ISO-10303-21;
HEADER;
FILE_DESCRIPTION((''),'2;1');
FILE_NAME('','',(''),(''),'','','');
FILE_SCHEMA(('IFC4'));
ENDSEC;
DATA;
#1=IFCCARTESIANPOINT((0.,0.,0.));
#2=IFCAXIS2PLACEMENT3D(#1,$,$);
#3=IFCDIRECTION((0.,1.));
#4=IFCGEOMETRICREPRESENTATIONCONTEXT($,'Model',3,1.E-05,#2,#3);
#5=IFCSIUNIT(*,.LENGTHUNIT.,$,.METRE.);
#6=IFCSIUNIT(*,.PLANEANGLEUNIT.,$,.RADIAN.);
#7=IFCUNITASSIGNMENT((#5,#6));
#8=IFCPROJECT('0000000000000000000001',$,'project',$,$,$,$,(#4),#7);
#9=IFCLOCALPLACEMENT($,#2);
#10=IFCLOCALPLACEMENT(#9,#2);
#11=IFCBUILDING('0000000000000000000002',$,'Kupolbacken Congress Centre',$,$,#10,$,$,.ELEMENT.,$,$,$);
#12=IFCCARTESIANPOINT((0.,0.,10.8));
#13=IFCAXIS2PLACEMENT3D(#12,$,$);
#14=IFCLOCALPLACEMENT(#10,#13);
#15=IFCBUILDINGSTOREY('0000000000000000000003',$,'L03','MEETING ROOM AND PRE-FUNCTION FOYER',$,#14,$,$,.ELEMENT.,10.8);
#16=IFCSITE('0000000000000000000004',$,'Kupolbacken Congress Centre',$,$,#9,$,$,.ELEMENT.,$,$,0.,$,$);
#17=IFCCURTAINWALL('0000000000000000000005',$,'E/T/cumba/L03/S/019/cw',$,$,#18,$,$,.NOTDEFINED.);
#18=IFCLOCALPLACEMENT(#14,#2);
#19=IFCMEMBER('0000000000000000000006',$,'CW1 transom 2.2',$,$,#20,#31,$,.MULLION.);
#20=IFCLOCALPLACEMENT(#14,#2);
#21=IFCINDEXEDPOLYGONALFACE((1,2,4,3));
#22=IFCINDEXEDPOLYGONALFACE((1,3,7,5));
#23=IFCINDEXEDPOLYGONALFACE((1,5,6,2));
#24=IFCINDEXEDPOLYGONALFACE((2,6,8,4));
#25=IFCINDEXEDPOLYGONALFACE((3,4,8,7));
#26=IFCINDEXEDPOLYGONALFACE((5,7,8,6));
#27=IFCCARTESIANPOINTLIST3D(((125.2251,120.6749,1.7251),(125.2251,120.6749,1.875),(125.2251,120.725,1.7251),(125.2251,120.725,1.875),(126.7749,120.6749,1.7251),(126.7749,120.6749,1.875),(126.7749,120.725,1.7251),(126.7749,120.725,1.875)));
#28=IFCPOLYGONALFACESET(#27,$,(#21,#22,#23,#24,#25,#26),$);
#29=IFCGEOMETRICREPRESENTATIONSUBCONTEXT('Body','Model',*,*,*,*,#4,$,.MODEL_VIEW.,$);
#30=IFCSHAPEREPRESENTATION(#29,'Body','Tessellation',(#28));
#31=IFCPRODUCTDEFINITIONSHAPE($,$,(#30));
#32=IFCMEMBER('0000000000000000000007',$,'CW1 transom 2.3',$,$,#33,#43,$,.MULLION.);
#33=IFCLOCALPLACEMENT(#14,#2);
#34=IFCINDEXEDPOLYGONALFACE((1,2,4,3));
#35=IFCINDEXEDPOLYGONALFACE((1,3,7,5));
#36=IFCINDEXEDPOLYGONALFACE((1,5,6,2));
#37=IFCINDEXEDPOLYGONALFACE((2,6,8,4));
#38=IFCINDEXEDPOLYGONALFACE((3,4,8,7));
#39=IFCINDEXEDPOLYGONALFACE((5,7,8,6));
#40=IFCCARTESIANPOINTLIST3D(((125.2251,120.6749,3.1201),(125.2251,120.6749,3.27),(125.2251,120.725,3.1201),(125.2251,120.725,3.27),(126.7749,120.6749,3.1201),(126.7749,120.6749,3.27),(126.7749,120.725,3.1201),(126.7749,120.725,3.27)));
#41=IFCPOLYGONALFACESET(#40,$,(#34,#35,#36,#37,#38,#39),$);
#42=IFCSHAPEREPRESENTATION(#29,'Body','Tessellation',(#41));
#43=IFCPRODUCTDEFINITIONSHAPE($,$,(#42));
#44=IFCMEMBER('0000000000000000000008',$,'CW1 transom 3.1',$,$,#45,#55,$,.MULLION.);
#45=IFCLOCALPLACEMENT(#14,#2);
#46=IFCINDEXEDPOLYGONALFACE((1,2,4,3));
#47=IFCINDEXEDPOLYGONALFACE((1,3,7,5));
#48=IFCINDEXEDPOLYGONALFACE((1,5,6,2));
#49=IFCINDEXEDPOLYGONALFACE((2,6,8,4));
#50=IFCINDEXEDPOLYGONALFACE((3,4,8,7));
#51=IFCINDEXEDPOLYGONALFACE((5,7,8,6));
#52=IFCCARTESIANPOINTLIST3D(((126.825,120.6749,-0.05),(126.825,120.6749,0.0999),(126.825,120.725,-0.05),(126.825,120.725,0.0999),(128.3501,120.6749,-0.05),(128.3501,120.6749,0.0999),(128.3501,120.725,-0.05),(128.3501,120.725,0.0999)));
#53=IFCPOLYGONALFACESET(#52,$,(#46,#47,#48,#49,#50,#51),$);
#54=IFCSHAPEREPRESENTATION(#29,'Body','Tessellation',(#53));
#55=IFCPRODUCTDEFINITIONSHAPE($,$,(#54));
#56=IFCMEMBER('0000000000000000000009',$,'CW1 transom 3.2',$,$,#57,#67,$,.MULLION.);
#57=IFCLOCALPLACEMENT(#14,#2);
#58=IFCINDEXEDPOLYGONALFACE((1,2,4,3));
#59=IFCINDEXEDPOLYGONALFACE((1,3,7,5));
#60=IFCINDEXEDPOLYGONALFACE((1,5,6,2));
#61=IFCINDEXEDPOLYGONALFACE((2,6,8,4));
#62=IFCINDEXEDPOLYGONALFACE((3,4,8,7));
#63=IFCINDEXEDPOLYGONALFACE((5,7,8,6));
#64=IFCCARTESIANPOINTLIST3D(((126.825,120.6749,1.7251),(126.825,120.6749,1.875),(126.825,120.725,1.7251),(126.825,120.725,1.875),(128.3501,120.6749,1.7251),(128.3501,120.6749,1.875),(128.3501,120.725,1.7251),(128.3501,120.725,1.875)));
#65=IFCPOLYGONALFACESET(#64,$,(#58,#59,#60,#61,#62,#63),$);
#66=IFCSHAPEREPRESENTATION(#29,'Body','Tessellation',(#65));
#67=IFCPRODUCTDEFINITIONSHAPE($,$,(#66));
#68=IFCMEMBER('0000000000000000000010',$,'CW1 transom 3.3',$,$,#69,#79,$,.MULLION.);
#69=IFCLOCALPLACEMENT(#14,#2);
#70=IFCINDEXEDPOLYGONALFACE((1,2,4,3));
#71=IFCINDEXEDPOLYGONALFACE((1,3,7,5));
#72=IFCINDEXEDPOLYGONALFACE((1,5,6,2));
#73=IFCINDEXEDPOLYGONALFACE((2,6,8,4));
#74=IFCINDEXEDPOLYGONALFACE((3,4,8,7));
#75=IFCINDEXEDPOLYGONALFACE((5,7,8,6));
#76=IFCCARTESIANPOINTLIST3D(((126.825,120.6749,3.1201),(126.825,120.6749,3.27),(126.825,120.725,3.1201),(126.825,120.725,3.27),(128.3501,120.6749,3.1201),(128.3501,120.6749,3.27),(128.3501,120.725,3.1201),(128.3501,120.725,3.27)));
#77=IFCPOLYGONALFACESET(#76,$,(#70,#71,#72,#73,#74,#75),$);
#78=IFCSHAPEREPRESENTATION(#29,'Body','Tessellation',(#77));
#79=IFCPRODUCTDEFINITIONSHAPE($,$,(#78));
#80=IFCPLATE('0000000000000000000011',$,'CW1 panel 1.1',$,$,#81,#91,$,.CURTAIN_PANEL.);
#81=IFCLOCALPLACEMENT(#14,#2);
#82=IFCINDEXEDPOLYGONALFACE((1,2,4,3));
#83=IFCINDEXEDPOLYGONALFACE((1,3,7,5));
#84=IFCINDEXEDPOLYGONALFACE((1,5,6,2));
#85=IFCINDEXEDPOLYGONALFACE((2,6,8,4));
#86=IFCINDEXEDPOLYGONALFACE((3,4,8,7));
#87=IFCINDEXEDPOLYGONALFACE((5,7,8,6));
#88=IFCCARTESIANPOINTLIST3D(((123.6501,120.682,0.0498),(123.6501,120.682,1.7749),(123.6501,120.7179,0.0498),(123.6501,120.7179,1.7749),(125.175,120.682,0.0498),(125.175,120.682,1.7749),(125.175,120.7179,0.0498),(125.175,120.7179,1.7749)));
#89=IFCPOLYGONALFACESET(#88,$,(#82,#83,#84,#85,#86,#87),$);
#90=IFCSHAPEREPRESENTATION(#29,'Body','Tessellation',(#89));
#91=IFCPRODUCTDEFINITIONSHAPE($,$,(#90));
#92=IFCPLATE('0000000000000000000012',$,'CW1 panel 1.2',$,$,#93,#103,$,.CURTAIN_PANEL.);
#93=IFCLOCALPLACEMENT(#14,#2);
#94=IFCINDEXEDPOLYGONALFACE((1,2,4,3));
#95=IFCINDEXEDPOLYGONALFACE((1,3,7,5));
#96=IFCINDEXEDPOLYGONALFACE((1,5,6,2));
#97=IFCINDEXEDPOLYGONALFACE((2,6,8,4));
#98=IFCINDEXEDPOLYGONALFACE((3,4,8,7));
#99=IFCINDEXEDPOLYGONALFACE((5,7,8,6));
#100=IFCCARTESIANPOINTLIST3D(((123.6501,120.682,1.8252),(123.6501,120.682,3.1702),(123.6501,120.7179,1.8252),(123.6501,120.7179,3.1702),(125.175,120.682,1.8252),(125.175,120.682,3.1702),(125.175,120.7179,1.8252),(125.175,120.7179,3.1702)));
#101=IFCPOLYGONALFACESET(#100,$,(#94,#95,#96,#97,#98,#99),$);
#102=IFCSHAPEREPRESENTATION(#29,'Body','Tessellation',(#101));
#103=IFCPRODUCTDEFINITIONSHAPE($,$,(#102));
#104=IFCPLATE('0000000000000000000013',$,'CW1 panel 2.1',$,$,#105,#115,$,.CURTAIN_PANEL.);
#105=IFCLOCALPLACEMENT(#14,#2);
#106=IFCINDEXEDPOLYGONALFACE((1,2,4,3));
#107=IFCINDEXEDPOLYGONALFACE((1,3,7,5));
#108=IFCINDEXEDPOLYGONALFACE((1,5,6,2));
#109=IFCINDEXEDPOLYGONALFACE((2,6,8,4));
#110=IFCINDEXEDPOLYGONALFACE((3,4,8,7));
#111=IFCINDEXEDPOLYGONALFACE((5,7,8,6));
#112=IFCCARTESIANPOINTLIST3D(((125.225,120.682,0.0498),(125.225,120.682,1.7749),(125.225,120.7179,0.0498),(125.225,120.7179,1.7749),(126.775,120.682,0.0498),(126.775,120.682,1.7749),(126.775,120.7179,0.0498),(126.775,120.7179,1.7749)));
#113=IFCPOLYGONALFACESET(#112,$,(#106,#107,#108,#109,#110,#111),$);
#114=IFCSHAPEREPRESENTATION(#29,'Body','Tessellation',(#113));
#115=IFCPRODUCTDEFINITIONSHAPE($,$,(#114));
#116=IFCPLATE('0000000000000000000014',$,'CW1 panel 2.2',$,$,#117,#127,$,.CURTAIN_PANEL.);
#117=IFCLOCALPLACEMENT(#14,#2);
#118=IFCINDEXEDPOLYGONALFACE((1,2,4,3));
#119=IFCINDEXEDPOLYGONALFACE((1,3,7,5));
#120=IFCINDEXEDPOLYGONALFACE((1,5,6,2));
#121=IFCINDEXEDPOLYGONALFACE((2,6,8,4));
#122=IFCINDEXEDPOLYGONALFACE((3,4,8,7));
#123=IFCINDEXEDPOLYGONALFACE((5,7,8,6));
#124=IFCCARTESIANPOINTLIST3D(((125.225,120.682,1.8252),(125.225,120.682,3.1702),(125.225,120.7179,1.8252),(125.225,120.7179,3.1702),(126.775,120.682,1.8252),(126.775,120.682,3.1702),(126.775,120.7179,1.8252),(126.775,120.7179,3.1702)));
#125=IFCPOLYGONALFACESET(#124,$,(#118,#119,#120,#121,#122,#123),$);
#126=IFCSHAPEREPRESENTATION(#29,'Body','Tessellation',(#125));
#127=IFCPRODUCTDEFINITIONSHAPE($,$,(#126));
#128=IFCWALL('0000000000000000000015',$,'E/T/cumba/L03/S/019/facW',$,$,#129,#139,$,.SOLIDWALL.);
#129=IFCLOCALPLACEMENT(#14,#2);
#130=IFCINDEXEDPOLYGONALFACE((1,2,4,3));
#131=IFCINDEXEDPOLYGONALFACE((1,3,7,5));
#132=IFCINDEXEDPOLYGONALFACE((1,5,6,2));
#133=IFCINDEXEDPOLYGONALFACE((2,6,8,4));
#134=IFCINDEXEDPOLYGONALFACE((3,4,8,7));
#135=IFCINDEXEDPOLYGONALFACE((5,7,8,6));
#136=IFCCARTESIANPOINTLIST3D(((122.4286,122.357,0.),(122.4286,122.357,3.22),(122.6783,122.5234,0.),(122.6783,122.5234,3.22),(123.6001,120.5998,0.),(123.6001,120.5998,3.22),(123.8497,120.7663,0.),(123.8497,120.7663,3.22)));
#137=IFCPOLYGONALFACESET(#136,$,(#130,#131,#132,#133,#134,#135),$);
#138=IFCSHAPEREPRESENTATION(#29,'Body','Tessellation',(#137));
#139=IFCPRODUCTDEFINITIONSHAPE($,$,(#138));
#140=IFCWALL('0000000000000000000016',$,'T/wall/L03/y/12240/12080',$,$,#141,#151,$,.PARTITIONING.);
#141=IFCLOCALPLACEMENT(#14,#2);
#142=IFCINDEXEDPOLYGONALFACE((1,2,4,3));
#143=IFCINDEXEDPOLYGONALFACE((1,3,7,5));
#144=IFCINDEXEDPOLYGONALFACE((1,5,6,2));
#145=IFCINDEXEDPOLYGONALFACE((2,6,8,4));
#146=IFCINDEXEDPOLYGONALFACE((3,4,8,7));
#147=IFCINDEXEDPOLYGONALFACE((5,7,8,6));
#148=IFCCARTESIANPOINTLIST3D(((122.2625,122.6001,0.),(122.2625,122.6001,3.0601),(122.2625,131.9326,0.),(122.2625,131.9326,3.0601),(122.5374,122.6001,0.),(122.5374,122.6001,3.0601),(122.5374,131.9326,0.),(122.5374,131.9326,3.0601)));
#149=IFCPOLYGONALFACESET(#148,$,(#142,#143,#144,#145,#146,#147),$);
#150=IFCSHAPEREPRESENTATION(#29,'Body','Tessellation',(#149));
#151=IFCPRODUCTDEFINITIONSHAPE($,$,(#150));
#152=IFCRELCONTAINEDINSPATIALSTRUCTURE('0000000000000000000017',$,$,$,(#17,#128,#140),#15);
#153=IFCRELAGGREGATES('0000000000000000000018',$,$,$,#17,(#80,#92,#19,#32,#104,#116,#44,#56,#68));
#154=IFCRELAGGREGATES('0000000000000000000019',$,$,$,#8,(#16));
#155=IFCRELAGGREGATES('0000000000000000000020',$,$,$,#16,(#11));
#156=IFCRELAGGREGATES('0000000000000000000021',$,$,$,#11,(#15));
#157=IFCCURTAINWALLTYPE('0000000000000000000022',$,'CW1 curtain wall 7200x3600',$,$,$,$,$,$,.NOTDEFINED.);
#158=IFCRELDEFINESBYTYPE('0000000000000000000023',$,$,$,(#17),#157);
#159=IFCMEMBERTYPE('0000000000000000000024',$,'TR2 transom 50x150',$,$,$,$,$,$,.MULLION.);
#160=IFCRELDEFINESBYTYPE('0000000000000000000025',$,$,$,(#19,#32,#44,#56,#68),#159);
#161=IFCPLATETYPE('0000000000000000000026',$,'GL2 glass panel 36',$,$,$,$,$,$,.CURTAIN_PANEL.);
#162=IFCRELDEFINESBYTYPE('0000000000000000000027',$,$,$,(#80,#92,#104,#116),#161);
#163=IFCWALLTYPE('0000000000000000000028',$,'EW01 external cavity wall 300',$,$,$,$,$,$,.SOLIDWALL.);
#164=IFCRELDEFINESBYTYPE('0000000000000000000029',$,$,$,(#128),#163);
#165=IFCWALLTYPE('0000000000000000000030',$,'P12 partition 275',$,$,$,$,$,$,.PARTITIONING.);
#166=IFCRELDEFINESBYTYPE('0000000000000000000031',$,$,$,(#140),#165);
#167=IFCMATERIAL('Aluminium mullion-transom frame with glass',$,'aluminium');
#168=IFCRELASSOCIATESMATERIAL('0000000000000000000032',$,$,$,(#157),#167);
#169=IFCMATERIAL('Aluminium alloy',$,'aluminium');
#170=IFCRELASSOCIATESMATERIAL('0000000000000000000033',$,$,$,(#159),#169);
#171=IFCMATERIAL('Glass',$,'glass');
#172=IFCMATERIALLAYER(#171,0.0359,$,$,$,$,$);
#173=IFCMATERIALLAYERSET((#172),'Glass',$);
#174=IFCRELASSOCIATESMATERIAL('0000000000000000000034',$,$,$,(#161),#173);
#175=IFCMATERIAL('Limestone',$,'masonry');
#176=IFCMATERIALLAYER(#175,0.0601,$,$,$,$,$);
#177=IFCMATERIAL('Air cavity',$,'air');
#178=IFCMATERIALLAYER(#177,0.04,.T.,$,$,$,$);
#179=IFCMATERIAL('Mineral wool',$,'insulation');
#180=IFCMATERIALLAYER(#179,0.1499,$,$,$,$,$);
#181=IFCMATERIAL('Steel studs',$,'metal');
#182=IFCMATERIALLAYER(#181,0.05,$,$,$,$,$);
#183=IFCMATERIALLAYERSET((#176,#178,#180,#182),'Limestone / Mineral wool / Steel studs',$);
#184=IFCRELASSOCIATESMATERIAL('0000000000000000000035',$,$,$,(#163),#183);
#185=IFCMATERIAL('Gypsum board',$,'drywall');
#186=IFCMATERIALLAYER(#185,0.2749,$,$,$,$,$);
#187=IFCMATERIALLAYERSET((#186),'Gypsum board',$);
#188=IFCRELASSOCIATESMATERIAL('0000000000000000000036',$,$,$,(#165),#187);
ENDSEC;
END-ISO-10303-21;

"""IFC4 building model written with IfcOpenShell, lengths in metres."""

from ifc_helpers import new_model, si_unit, direction, frame, frame_2d, origin, origin_2d, place, context, subcontext, project, spatial, rectangle, extrude, material, layer, layer_set, material_profile, profile_set, type_object, element, aggregate, save


model = new_model("IFC4")

# Units and contexts
model_context = context("Model", 3, precision=1e-05, world=origin(), true_north=direction((0.0, 1.0)))
body_context = subcontext(model_context, "Body", "Model", "MODEL_VIEW")
ifc_project = project(units=[si_unit("LENGTHUNIT", "METRE"), si_unit("PLANEANGLEUNIT", "RADIAN")], contexts=[model_context])

# Site, building, storey
site_placement = place(None, origin())
site = spatial("IfcSite", under=ifc_project, at=site_placement, Name="Kupolbacken Congress Centre", CompositionType="ELEMENT", RefElevation=0.0)
building_placement = place(site_placement, origin())
building = spatial("IfcBuilding", under=site, at=building_placement, Name="Kupolbacken Congress Centre", CompositionType="ELEMENT")
storey_placement = place(building_placement, frame((0.0, 0.0, 10.8)))
storey = spatial("IfcBuildingStorey", under=building, at=storey_placement, Name="L03", Description="MEETING ROOM AND PRE-FUNCTION FOYER", CompositionType="ELEMENT", Elevation=10.8)

# Curtain wall, members, plates
ifc_material_1 = material(Name="Aluminium mullion-transom frame with glass", Category="aluminium")
curtain_wall_type = type_object("IfcCurtainWallType", Name="CW1 curtain wall 7200x3600", PredefinedType="NOTDEFINED", material=ifc_material_1)
curtain_wall_placement = place(storey_placement, origin())
curtain_wall = element("IfcCurtainWall", 1, at=curtain_wall_placement, inside=storey, type_object=curtain_wall_type, Name="E/T/cumba/L03/S/019/cw", PredefinedType="NOTDEFINED")
ifc_material_2 = material(Name="Aluminium alloy", Category="aluminium")
ifc_material_profile_1 = material_profile(ifc_material_2, rectangle(XDim=0.05, YDim=0.1499, at=origin_2d()), Name="50 x 150")
ifc_profile_set_1 = profile_set([ifc_material_profile_1], Name="Aluminium alloy")
member_type_1 = type_object("IfcMemberType", Name="TR2 transom 50x150", PredefinedType="MULLION", material=ifc_profile_set_1)
member_1_placement = place(storey_placement, frame((125.2251, 120.7, 1.8), z_axis=(1.0, 0.0, 0.0), x_axis=(0.0, 1.0, 0.0)))
member_1 = element("IfcMember", 2, at=member_1_placement, type_object=member_type_1, Name="CW1 transom 2.2", PredefinedType="MULLION", context=body_context, shape_type="SweptSolid", body=[
    extrude(rectangle(XDim=0.05, YDim=0.1499, at=origin_2d()), origin(), (0.0, 0.0, 1.0), 1.5498),
])
member_2_placement = place(storey_placement, frame((125.2251, 120.7, 3.1951), z_axis=(1.0, 0.0, 0.0), x_axis=(0.0, 1.0, 0.0)))
member_2 = element("IfcMember", 3, at=member_2_placement, type_object=member_type_1, Name="CW1 transom 2.3", PredefinedType="MULLION", context=body_context, shape_type="SweptSolid", body=[
    extrude(rectangle(XDim=0.05, YDim=0.1499, at=origin_2d()), origin(), (0.0, 0.0, 1.0), 1.5498),
])
member_3_placement = place(storey_placement, frame((126.825, 120.7, 0.0249), z_axis=(1.0, 0.0, 0.0), x_axis=(0.0, 1.0, 0.0)))
member_3 = element("IfcMember", 4, at=member_3_placement, type_object=member_type_1, Name="CW1 transom 3.1", PredefinedType="MULLION", context=body_context, shape_type="SweptSolid", body=[
    extrude(rectangle(XDim=0.05, YDim=0.1499, at=origin_2d()), origin(), (0.0, 0.0, 1.0), 1.5251),
])
member_4_placement = place(storey_placement, frame((126.825, 120.7, 1.8), z_axis=(1.0, 0.0, 0.0), x_axis=(0.0, 1.0, 0.0)))
member_4 = element("IfcMember", 5, at=member_4_placement, type_object=member_type_1, Name="CW1 transom 3.2", PredefinedType="MULLION", context=body_context, shape_type="SweptSolid", body=[
    extrude(rectangle(XDim=0.05, YDim=0.1499, at=origin_2d()), origin(), (0.0, 0.0, 1.0), 1.5251),
])
member_5_placement = place(storey_placement, frame((126.825, 120.7, 3.1951), z_axis=(1.0, 0.0, 0.0), x_axis=(0.0, 1.0, 0.0)))
member_5 = element("IfcMember", 6, at=member_5_placement, type_object=member_type_1, Name="CW1 transom 3.3", PredefinedType="MULLION", context=body_context, shape_type="SweptSolid", body=[
    extrude(rectangle(XDim=0.05, YDim=0.1499, at=origin_2d()), origin(), (0.0, 0.0, 1.0), 1.5251),
])
ifc_material_3 = material(Name="Glass", Category="glass")
ifc_layer_1 = layer(ifc_material_3, 0.0359)
ifc_layer_set_1 = layer_set([ifc_layer_1], Name="Glass")
plate_type = type_object("IfcPlateType", Name="GL2 glass panel 36", PredefinedType="CURTAIN_PANEL", material=ifc_layer_set_1)
plate_1_placement = place(storey_placement, frame((124.4126, 120.7, 0.0498), z_axis=(0.0, 0.0, 1.0), x_axis=(1.0, 0.0, 0.0)))
plate_1 = element("IfcPlate", 7, at=plate_1_placement, type_object=plate_type, Name="CW1 panel 1.1", PredefinedType="CURTAIN_PANEL", context=body_context, shape_type="SweptSolid", body=[
    extrude(rectangle(XDim=1.5249, YDim=0.0359, at=origin_2d()), origin(), (0.0, 0.0, 1.0), 1.7251),
])
plate_2_placement = place(storey_placement, frame((124.4126, 120.7, 1.8252), z_axis=(0.0, 0.0, 1.0), x_axis=(1.0, 0.0, 0.0)))
plate_2 = element("IfcPlate", 8, at=plate_2_placement, type_object=plate_type, Name="CW1 panel 1.2", PredefinedType="CURTAIN_PANEL", context=body_context, shape_type="SweptSolid", body=[
    extrude(rectangle(XDim=1.5249, YDim=0.0359, at=origin_2d()), origin(), (0.0, 0.0, 1.0), 1.345),
])
plate_3_placement = place(storey_placement, frame((126.0, 120.7, 0.0498), z_axis=(0.0, 0.0, 1.0), x_axis=(1.0, 0.0, 0.0)))
plate_3 = element("IfcPlate", 9, at=plate_3_placement, type_object=plate_type, Name="CW1 panel 2.1", PredefinedType="CURTAIN_PANEL", context=body_context, shape_type="SweptSolid", body=[
    extrude(rectangle(XDim=1.55, YDim=0.0359, at=origin_2d()), origin(), (0.0, 0.0, 1.0), 1.7251),
])
plate_4_placement = place(storey_placement, frame((126.0, 120.7, 1.8252), z_axis=(0.0, 0.0, 1.0), x_axis=(1.0, 0.0, 0.0)))
plate_4 = element("IfcPlate", 10, at=plate_4_placement, type_object=plate_type, Name="CW1 panel 2.2", PredefinedType="CURTAIN_PANEL", context=body_context, shape_type="SweptSolid", body=[
    extrude(rectangle(XDim=1.55, YDim=0.0359, at=origin_2d()), origin(), (0.0, 0.0, 1.0), 1.345),
])
aggregate(curtain_wall, [plate_1, plate_2, member_1, member_2, plate_3, plate_4, member_3, member_4, member_5])

# Walls
ifc_material_4 = material(Name="Limestone", Category="masonry")
ifc_layer_2 = layer(ifc_material_4, 0.0601)
ifc_material_5 = material(Name="Air cavity", Category="air")
ifc_layer_3 = layer(ifc_material_5, 0.04, ventilated=True)
ifc_material_6 = material(Name="Mineral wool", Category="insulation")
ifc_layer_4 = layer(ifc_material_6, 0.1499)
ifc_material_7 = material(Name="Steel studs", Category="metal")
ifc_layer_5 = layer(ifc_material_7, 0.05)
ifc_layer_set_2 = layer_set([ifc_layer_2, ifc_layer_3, ifc_layer_4, ifc_layer_5], Name="Limestone / Mineral wool / Steel studs")
wall_type_1 = type_object("IfcWallType", Name="EW01 external cavity wall 300", PredefinedType="SOLIDWALL", material=ifc_layer_set_2)
wall_1_placement = place(storey_placement, frame((122.5535, 122.4402, 0.0), z_axis=(0.0, 0.0, 1.0), x_axis=(0.5547, -0.83205, 0.0)))
element("IfcWall", 11, at=wall_1_placement, inside=storey, type_object=wall_type_1, Name="E/T/cumba/L03/S/019/facW", PredefinedType="SOLIDWALL", context=body_context, shape_type="SweptSolid", body=[
    extrude(rectangle(XDim=2.1118, YDim=0.3, at=frame_2d((1.0559, 0.0))), origin(), (0.0, 0.0, 1.0), 3.22),
])
ifc_material_8 = material(Name="Gypsum board", Category="drywall")
ifc_layer_6 = layer(ifc_material_8, 0.2749)
ifc_layer_set_3 = layer_set([ifc_layer_6], Name="Gypsum board")
wall_type_2 = type_object("IfcWallType", Name="P12 partition 275", PredefinedType="PARTITIONING", material=ifc_layer_set_3)
wall_2_placement = place(storey_placement, frame((122.3999, 122.6001, 0.0), z_axis=(0.0, 0.0, 1.0), x_axis=(0.0, 1.0, 0.0)))
element("IfcWall", 12, at=wall_2_placement, inside=storey, type_object=wall_type_2, Name="T/wall/L03/y/12240/12080", PredefinedType="PARTITIONING", context=body_context, shape_type="SweptSolid", body=[
    extrude(rectangle(XDim=9.3325, YDim=0.2749, at=frame_2d((4.6663, 0.0))), origin(), (0.0, 0.0, 1.0), 3.0601),
])

save(model, "model.ifc")
